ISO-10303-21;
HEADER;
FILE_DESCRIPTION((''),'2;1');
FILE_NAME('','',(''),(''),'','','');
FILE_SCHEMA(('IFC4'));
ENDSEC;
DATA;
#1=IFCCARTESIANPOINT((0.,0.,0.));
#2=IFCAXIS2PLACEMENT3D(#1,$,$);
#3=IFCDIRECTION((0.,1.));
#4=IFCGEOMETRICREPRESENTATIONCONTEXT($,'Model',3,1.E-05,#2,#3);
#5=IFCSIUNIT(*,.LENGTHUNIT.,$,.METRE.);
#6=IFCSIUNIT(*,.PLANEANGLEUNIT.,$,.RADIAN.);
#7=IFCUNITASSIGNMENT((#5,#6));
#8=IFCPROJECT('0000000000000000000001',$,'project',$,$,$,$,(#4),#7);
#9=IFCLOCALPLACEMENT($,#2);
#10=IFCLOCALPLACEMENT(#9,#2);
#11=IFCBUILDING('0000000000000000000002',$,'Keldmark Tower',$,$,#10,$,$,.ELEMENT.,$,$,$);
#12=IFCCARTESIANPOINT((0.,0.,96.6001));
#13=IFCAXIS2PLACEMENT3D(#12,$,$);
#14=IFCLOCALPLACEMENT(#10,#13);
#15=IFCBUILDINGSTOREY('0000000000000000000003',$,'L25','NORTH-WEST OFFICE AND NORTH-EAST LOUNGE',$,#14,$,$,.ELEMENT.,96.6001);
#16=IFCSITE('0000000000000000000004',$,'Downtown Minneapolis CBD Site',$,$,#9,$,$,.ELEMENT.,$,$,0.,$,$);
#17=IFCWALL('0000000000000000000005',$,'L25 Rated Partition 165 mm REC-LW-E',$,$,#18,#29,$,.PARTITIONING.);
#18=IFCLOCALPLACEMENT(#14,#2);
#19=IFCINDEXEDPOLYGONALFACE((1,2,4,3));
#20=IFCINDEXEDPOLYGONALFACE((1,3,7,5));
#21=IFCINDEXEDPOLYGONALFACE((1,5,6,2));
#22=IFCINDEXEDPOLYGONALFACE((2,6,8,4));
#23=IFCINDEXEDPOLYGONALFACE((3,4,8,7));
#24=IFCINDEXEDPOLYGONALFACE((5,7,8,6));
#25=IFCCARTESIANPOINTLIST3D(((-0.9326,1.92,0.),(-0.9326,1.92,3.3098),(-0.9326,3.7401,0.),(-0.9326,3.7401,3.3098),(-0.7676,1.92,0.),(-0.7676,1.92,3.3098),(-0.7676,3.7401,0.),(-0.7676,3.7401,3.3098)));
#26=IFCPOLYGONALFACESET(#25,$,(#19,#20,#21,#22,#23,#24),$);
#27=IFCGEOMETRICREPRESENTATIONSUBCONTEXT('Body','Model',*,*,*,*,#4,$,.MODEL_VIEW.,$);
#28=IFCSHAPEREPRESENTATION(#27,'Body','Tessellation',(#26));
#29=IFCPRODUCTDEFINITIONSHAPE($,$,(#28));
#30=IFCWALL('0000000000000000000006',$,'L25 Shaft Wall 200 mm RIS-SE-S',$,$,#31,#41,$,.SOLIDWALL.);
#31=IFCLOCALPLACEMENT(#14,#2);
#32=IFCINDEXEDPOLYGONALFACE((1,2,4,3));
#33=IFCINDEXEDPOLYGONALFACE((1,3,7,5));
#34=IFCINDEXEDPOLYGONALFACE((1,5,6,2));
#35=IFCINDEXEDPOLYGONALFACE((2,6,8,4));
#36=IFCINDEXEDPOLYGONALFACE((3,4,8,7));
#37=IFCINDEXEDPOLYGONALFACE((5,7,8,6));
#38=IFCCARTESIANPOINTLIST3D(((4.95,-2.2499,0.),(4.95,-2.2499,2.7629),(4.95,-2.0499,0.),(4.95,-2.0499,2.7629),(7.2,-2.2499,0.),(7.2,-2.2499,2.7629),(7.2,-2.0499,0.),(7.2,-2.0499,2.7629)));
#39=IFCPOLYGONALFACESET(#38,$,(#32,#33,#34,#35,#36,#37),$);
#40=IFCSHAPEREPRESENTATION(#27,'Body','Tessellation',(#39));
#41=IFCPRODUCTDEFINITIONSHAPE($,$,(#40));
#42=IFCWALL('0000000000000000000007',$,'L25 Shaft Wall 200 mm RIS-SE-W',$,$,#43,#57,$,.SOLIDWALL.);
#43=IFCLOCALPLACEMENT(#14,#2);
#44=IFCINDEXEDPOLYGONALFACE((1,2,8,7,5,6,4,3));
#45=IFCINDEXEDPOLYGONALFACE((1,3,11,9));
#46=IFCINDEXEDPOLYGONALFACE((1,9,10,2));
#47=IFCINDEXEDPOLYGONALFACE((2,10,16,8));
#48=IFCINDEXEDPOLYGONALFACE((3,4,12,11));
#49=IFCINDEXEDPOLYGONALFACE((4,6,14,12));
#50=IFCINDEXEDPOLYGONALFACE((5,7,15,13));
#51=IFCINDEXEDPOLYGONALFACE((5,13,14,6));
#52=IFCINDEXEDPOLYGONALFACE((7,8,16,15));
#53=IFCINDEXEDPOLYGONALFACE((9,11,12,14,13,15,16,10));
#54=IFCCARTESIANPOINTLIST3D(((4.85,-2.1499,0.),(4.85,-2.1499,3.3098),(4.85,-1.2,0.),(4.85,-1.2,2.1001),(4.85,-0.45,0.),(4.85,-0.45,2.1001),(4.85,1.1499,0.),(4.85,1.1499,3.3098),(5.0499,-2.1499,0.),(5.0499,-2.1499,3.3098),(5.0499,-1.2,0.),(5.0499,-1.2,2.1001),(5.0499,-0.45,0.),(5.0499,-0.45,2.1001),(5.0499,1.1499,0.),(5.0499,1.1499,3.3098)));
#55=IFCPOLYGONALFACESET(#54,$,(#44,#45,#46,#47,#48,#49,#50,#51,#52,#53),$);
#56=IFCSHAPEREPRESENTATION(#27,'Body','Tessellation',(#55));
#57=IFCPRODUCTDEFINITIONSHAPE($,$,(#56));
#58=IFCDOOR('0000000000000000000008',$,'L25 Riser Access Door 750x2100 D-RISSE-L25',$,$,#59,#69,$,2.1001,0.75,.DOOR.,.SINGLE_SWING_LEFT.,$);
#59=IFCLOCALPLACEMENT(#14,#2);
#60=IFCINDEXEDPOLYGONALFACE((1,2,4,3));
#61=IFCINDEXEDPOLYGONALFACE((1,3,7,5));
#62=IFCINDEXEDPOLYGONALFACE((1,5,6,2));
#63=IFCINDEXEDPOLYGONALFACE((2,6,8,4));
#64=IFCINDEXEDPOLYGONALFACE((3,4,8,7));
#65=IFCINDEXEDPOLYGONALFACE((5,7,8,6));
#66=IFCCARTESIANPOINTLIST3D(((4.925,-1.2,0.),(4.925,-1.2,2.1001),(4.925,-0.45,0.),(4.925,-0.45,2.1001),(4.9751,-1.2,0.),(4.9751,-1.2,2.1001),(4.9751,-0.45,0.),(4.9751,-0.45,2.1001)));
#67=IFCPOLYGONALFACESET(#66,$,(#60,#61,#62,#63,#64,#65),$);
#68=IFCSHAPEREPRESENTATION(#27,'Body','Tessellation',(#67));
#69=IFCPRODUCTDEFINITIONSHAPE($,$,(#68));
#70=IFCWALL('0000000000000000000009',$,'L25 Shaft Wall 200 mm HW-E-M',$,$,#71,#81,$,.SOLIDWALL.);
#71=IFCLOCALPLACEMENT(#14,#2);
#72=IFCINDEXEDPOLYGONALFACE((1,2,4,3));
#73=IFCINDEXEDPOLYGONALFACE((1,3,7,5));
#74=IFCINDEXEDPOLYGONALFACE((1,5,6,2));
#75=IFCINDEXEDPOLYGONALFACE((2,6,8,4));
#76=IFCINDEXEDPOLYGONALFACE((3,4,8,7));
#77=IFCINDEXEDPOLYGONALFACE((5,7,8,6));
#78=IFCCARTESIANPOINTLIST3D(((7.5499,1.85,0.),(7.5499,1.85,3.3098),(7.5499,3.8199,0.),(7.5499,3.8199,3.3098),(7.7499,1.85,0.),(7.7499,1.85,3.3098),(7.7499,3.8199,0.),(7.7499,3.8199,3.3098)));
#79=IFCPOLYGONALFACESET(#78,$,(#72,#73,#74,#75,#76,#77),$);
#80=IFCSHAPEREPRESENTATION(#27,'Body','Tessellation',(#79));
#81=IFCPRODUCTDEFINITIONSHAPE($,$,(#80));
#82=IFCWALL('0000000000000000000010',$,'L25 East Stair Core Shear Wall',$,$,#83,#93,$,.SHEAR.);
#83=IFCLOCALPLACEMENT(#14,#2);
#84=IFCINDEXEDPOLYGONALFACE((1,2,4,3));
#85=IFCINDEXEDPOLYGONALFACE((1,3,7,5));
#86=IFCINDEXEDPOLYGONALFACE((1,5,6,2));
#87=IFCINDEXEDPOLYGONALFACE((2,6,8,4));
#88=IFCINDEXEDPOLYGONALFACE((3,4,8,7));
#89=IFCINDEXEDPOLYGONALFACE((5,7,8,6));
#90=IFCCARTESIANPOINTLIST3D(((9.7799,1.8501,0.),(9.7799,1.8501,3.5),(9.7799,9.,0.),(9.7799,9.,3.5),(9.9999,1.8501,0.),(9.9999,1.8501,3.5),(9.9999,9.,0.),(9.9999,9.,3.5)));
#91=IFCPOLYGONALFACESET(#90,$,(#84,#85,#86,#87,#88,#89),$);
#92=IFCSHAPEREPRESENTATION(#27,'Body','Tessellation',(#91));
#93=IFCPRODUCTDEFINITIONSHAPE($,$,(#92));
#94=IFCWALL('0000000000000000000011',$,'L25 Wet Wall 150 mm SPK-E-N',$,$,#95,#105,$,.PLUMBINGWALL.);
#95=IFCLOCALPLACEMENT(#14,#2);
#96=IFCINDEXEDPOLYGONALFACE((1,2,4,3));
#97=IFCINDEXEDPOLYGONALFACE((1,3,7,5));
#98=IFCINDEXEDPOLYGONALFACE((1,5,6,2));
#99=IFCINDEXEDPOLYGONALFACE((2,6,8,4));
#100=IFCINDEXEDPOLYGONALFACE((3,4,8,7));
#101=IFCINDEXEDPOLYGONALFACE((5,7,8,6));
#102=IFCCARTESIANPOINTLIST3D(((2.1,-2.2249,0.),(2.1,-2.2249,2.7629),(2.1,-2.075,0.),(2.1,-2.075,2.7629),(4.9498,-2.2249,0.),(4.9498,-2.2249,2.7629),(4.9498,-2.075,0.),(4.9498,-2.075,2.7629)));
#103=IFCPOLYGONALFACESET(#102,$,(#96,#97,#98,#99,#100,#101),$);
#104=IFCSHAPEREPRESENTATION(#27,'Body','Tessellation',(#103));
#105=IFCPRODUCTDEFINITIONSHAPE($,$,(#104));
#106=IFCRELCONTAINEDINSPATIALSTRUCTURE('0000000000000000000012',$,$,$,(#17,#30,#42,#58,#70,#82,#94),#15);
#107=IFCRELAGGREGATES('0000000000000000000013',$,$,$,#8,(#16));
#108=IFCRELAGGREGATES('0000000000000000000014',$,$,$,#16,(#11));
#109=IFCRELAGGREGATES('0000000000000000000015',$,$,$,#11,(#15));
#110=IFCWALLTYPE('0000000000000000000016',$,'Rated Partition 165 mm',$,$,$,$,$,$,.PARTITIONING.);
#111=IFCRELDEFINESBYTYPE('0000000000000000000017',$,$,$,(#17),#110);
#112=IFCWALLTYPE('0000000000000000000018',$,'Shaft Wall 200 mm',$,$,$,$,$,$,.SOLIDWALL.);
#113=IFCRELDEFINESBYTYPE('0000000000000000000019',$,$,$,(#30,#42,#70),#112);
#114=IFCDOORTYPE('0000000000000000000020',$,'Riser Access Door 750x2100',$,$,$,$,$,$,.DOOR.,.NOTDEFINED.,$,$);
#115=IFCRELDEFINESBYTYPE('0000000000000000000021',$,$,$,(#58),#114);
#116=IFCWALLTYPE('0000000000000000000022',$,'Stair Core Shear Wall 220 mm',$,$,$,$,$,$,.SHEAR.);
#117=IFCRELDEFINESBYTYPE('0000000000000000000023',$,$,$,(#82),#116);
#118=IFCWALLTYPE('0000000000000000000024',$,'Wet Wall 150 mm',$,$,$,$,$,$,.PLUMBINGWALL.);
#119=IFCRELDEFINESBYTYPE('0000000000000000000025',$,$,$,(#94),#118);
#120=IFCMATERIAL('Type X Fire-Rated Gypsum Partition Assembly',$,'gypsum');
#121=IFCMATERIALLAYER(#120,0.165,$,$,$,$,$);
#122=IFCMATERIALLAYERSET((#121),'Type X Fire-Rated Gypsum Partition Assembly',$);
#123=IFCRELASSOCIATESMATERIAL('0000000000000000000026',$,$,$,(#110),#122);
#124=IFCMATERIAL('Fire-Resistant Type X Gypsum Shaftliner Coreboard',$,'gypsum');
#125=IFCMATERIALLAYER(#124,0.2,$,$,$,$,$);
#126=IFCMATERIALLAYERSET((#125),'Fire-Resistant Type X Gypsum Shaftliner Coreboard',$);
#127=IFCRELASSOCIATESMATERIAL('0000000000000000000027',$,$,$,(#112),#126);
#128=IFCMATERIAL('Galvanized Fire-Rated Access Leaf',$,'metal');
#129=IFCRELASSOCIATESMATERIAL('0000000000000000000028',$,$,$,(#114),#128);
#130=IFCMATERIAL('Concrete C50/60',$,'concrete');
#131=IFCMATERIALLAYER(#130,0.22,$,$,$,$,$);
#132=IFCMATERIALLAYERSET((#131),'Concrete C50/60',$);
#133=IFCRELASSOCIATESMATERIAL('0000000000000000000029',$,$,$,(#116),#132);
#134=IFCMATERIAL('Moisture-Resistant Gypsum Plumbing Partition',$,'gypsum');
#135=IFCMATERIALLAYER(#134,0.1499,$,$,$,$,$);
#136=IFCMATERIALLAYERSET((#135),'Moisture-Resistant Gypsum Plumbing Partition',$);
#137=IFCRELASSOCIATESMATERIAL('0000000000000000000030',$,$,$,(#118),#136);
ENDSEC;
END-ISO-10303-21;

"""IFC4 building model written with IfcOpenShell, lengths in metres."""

from ifc_helpers import new_model, si_unit, direction, frame, frame_2d, origin, place, context, subcontext, project, spatial, rectangle, extrude, material, layer, layer_set, type_object, element, fill, save


model = new_model("IFC4")

# Units and contexts
model_context = context("Model", 3, precision=1e-05, world=origin(), true_north=direction((0.0, 1.0)))
body_context = subcontext(model_context, "Body", "Model", "MODEL_VIEW")
ifc_project = project(units=[si_unit("LENGTHUNIT", "METRE"), si_unit("PLANEANGLEUNIT", "RADIAN")], contexts=[model_context])

# Site, building, storey
site_placement = place(None, origin())
site = spatial("IfcSite", under=ifc_project, at=site_placement, Name="Downtown Minneapolis CBD Site", CompositionType="ELEMENT", RefElevation=0.0)
building_placement = place(site_placement, origin())
building = spatial("IfcBuilding", under=site, at=building_placement, Name="Keldmark Tower", CompositionType="ELEMENT")
storey_placement = place(building_placement, frame((0.0, 0.0, 96.6001)))
storey = spatial("IfcBuildingStorey", under=building, at=storey_placement, Name="L25", Description="NORTH-WEST OFFICE AND NORTH-EAST LOUNGE", CompositionType="ELEMENT", Elevation=96.6001)

# Walls
ifc_material_1 = material(Name="Type X Fire-Rated Gypsum Partition Assembly", Category="gypsum")
ifc_layer_1 = layer(ifc_material_1, 0.165)
ifc_layer_set_1 = layer_set([ifc_layer_1], Name="Type X Fire-Rated Gypsum Partition Assembly")
wall_type_1 = type_object("IfcWallType", Name="Rated Partition 165 mm", PredefinedType="PARTITIONING", material=ifc_layer_set_1)
wall_1_placement = place(storey_placement, frame((-0.8501, 1.9199, 0.0), z_axis=(0.0, 0.0, 1.0), x_axis=(0.0, 1.0, 0.0)))
element("IfcWall", 1, at=wall_1_placement, inside=storey, type_object=wall_type_1, Name="L25 Rated Partition 165 mm REC-LW-E", PredefinedType="PARTITIONING", context=body_context, shape_type="SweptSolid", body=[
    extrude(rectangle(XDim=1.8201, YDim=0.165, at=frame_2d((0.9102, 0.0))), origin(), (0.0, 0.0, 1.0), 3.3098),
])
ifc_material_2 = material(Name="Fire-Resistant Type X Gypsum Shaftliner Coreboard", Category="gypsum")
ifc_layer_2 = layer(ifc_material_2, 0.2)
ifc_layer_set_2 = layer_set([ifc_layer_2], Name="Fire-Resistant Type X Gypsum Shaftliner Coreboard")
wall_type_2 = type_object("IfcWallType", Name="Shaft Wall 200 mm", PredefinedType="SOLIDWALL", material=ifc_layer_set_2)
wall_2_placement = place(storey_placement, frame((4.95, -2.1499, 0.0), z_axis=(0.0, 0.0, 1.0), x_axis=(1.0, 0.0, 0.0)))
element("IfcWall", 2, at=wall_2_placement, inside=storey, type_object=wall_type_2, Name="L25 Shaft Wall 200 mm RIS-SE-S", PredefinedType="SOLIDWALL", context=body_context, shape_type="SweptSolid", body=[
    extrude(rectangle(XDim=2.25, YDim=0.2, at=frame_2d((1.125, 0.0))), origin(), (0.0, 0.0, 1.0), 2.7629),
])

# Wall, opening, door
wall_3_placement = place(storey_placement, frame((4.95, -2.1499, 0.0), z_axis=(0.0, 0.0, 1.0), x_axis=(0.0, 1.0, 0.0)))
wall_3 = element("IfcWall", 3, at=wall_3_placement, inside=storey, type_object=wall_type_2, Name="L25 Shaft Wall 200 mm RIS-SE-W", PredefinedType="SOLIDWALL", context=body_context, shape_type="SweptSolid", body=[
    extrude(rectangle(XDim=3.2998, YDim=0.2, at=frame_2d((1.6499, 0.0))), origin(), (0.0, 0.0, 1.0), 3.3098),
])
opening_1_placement = place(wall_3_placement, frame((0.95, 0.0, 0.0)))
opening_1 = element("IfcOpeningElement", 4, at=opening_1_placement, cuts=wall_3, PredefinedType="OPENING", context=body_context, shape_type="SweptSolid", body=[
    extrude(rectangle(XDim=0.75, YDim=2.1001, at=frame_2d((0.375, 1.05))), frame((0.0, 0.1099, 0.0), z_axis=(0.0, -1.0, 0.0), x_axis=(1.0, 0.0, 0.0)), (0.0, 0.0, 1.0), 0.22),
])
ifc_material_3 = material(Name="Galvanized Fire-Rated Access Leaf", Category="metal")
door_type_1 = type_object("IfcDoorType", Name="Riser Access Door 750x2100", OperationType="NOTDEFINED", PredefinedType="DOOR", material=ifc_material_3)
door_1_placement = place(opening_1_placement, origin())
door_1 = element("IfcDoor", 5, at=door_1_placement, inside=storey, type_object=door_type_1, Name="L25 Riser Access Door 750x2100 D-RISSE-L25", OperationType="SINGLE_SWING_LEFT", OverallHeight=2.1001, OverallWidth=0.75, PredefinedType="DOOR", context=body_context, shape_type="SweptSolid", body=[
    extrude(rectangle(XDim=0.75, YDim=2.1001, at=frame_2d((0.375, 1.05))), frame((0.0, 0.0249, 0.0), z_axis=(0.0, -1.0, 0.0), x_axis=(1.0, 0.0, 0.0)), (0.0, 0.0, 1.0), 0.05),
])
fill(opening_1, door_1)

# Walls
wall_4_placement = place(storey_placement, frame((7.6499, 1.8501, 0.0), z_axis=(0.0, 0.0, 1.0), x_axis=(0.0, 1.0, 0.0)))
element("IfcWall", 6, at=wall_4_placement, inside=storey, type_object=wall_type_2, Name="L25 Shaft Wall 200 mm HW-E-M", PredefinedType="SOLIDWALL", context=body_context, shape_type="SweptSolid", body=[
    extrude(rectangle(XDim=1.97, YDim=0.2, at=frame_2d((0.9849, 0.0))), origin(), (0.0, 0.0, 1.0), 3.3098),
])
ifc_material_4 = material(Name="Concrete C50/60", Category="concrete")
ifc_layer_3 = layer(ifc_material_4, 0.22)
ifc_layer_set_3 = layer_set([ifc_layer_3], Name="Concrete C50/60")
wall_type_3 = type_object("IfcWallType", Name="Stair Core Shear Wall 220 mm", PredefinedType="SHEAR", material=ifc_layer_set_3)
wall_5_placement = place(storey_placement, frame((9.8899, 1.8501, 0.0), z_axis=(0.0, 0.0, 1.0), x_axis=(0.0, 1.0, 0.0)))
element("IfcWall", 7, at=wall_5_placement, inside=storey, type_object=wall_type_3, Name="L25 East Stair Core Shear Wall", PredefinedType="SHEAR", context=body_context, shape_type="SweptSolid", body=[
    extrude(rectangle(XDim=7.1499, YDim=0.22, at=frame_2d((3.575, 0.0))), origin(), (0.0, 0.0, 1.0), 3.5),
])
ifc_material_5 = material(Name="Moisture-Resistant Gypsum Plumbing Partition", Category="gypsum")
ifc_layer_4 = layer(ifc_material_5, 0.1499)
ifc_layer_set_4 = layer_set([ifc_layer_4], Name="Moisture-Resistant Gypsum Plumbing Partition")
wall_type_4 = type_object("IfcWallType", Name="Wet Wall 150 mm", PredefinedType="PLUMBINGWALL", material=ifc_layer_set_4)
wall_6_placement = place(storey_placement, frame((2.1001, -2.1499, 0.0), z_axis=(0.0, 0.0, 1.0), x_axis=(1.0, 0.0, 0.0)))
element("IfcWall", 8, at=wall_6_placement, inside=storey, type_object=wall_type_4, Name="L25 Wet Wall 150 mm SPK-E-N", PredefinedType="PLUMBINGWALL", context=body_context, shape_type="SweptSolid", body=[
    extrude(rectangle(XDim=2.8499, YDim=0.1499, at=frame_2d((1.4248, 0.0))), origin(), (0.0, 0.0, 1.0), 2.7629),
])

save(model, "model.ifc")
